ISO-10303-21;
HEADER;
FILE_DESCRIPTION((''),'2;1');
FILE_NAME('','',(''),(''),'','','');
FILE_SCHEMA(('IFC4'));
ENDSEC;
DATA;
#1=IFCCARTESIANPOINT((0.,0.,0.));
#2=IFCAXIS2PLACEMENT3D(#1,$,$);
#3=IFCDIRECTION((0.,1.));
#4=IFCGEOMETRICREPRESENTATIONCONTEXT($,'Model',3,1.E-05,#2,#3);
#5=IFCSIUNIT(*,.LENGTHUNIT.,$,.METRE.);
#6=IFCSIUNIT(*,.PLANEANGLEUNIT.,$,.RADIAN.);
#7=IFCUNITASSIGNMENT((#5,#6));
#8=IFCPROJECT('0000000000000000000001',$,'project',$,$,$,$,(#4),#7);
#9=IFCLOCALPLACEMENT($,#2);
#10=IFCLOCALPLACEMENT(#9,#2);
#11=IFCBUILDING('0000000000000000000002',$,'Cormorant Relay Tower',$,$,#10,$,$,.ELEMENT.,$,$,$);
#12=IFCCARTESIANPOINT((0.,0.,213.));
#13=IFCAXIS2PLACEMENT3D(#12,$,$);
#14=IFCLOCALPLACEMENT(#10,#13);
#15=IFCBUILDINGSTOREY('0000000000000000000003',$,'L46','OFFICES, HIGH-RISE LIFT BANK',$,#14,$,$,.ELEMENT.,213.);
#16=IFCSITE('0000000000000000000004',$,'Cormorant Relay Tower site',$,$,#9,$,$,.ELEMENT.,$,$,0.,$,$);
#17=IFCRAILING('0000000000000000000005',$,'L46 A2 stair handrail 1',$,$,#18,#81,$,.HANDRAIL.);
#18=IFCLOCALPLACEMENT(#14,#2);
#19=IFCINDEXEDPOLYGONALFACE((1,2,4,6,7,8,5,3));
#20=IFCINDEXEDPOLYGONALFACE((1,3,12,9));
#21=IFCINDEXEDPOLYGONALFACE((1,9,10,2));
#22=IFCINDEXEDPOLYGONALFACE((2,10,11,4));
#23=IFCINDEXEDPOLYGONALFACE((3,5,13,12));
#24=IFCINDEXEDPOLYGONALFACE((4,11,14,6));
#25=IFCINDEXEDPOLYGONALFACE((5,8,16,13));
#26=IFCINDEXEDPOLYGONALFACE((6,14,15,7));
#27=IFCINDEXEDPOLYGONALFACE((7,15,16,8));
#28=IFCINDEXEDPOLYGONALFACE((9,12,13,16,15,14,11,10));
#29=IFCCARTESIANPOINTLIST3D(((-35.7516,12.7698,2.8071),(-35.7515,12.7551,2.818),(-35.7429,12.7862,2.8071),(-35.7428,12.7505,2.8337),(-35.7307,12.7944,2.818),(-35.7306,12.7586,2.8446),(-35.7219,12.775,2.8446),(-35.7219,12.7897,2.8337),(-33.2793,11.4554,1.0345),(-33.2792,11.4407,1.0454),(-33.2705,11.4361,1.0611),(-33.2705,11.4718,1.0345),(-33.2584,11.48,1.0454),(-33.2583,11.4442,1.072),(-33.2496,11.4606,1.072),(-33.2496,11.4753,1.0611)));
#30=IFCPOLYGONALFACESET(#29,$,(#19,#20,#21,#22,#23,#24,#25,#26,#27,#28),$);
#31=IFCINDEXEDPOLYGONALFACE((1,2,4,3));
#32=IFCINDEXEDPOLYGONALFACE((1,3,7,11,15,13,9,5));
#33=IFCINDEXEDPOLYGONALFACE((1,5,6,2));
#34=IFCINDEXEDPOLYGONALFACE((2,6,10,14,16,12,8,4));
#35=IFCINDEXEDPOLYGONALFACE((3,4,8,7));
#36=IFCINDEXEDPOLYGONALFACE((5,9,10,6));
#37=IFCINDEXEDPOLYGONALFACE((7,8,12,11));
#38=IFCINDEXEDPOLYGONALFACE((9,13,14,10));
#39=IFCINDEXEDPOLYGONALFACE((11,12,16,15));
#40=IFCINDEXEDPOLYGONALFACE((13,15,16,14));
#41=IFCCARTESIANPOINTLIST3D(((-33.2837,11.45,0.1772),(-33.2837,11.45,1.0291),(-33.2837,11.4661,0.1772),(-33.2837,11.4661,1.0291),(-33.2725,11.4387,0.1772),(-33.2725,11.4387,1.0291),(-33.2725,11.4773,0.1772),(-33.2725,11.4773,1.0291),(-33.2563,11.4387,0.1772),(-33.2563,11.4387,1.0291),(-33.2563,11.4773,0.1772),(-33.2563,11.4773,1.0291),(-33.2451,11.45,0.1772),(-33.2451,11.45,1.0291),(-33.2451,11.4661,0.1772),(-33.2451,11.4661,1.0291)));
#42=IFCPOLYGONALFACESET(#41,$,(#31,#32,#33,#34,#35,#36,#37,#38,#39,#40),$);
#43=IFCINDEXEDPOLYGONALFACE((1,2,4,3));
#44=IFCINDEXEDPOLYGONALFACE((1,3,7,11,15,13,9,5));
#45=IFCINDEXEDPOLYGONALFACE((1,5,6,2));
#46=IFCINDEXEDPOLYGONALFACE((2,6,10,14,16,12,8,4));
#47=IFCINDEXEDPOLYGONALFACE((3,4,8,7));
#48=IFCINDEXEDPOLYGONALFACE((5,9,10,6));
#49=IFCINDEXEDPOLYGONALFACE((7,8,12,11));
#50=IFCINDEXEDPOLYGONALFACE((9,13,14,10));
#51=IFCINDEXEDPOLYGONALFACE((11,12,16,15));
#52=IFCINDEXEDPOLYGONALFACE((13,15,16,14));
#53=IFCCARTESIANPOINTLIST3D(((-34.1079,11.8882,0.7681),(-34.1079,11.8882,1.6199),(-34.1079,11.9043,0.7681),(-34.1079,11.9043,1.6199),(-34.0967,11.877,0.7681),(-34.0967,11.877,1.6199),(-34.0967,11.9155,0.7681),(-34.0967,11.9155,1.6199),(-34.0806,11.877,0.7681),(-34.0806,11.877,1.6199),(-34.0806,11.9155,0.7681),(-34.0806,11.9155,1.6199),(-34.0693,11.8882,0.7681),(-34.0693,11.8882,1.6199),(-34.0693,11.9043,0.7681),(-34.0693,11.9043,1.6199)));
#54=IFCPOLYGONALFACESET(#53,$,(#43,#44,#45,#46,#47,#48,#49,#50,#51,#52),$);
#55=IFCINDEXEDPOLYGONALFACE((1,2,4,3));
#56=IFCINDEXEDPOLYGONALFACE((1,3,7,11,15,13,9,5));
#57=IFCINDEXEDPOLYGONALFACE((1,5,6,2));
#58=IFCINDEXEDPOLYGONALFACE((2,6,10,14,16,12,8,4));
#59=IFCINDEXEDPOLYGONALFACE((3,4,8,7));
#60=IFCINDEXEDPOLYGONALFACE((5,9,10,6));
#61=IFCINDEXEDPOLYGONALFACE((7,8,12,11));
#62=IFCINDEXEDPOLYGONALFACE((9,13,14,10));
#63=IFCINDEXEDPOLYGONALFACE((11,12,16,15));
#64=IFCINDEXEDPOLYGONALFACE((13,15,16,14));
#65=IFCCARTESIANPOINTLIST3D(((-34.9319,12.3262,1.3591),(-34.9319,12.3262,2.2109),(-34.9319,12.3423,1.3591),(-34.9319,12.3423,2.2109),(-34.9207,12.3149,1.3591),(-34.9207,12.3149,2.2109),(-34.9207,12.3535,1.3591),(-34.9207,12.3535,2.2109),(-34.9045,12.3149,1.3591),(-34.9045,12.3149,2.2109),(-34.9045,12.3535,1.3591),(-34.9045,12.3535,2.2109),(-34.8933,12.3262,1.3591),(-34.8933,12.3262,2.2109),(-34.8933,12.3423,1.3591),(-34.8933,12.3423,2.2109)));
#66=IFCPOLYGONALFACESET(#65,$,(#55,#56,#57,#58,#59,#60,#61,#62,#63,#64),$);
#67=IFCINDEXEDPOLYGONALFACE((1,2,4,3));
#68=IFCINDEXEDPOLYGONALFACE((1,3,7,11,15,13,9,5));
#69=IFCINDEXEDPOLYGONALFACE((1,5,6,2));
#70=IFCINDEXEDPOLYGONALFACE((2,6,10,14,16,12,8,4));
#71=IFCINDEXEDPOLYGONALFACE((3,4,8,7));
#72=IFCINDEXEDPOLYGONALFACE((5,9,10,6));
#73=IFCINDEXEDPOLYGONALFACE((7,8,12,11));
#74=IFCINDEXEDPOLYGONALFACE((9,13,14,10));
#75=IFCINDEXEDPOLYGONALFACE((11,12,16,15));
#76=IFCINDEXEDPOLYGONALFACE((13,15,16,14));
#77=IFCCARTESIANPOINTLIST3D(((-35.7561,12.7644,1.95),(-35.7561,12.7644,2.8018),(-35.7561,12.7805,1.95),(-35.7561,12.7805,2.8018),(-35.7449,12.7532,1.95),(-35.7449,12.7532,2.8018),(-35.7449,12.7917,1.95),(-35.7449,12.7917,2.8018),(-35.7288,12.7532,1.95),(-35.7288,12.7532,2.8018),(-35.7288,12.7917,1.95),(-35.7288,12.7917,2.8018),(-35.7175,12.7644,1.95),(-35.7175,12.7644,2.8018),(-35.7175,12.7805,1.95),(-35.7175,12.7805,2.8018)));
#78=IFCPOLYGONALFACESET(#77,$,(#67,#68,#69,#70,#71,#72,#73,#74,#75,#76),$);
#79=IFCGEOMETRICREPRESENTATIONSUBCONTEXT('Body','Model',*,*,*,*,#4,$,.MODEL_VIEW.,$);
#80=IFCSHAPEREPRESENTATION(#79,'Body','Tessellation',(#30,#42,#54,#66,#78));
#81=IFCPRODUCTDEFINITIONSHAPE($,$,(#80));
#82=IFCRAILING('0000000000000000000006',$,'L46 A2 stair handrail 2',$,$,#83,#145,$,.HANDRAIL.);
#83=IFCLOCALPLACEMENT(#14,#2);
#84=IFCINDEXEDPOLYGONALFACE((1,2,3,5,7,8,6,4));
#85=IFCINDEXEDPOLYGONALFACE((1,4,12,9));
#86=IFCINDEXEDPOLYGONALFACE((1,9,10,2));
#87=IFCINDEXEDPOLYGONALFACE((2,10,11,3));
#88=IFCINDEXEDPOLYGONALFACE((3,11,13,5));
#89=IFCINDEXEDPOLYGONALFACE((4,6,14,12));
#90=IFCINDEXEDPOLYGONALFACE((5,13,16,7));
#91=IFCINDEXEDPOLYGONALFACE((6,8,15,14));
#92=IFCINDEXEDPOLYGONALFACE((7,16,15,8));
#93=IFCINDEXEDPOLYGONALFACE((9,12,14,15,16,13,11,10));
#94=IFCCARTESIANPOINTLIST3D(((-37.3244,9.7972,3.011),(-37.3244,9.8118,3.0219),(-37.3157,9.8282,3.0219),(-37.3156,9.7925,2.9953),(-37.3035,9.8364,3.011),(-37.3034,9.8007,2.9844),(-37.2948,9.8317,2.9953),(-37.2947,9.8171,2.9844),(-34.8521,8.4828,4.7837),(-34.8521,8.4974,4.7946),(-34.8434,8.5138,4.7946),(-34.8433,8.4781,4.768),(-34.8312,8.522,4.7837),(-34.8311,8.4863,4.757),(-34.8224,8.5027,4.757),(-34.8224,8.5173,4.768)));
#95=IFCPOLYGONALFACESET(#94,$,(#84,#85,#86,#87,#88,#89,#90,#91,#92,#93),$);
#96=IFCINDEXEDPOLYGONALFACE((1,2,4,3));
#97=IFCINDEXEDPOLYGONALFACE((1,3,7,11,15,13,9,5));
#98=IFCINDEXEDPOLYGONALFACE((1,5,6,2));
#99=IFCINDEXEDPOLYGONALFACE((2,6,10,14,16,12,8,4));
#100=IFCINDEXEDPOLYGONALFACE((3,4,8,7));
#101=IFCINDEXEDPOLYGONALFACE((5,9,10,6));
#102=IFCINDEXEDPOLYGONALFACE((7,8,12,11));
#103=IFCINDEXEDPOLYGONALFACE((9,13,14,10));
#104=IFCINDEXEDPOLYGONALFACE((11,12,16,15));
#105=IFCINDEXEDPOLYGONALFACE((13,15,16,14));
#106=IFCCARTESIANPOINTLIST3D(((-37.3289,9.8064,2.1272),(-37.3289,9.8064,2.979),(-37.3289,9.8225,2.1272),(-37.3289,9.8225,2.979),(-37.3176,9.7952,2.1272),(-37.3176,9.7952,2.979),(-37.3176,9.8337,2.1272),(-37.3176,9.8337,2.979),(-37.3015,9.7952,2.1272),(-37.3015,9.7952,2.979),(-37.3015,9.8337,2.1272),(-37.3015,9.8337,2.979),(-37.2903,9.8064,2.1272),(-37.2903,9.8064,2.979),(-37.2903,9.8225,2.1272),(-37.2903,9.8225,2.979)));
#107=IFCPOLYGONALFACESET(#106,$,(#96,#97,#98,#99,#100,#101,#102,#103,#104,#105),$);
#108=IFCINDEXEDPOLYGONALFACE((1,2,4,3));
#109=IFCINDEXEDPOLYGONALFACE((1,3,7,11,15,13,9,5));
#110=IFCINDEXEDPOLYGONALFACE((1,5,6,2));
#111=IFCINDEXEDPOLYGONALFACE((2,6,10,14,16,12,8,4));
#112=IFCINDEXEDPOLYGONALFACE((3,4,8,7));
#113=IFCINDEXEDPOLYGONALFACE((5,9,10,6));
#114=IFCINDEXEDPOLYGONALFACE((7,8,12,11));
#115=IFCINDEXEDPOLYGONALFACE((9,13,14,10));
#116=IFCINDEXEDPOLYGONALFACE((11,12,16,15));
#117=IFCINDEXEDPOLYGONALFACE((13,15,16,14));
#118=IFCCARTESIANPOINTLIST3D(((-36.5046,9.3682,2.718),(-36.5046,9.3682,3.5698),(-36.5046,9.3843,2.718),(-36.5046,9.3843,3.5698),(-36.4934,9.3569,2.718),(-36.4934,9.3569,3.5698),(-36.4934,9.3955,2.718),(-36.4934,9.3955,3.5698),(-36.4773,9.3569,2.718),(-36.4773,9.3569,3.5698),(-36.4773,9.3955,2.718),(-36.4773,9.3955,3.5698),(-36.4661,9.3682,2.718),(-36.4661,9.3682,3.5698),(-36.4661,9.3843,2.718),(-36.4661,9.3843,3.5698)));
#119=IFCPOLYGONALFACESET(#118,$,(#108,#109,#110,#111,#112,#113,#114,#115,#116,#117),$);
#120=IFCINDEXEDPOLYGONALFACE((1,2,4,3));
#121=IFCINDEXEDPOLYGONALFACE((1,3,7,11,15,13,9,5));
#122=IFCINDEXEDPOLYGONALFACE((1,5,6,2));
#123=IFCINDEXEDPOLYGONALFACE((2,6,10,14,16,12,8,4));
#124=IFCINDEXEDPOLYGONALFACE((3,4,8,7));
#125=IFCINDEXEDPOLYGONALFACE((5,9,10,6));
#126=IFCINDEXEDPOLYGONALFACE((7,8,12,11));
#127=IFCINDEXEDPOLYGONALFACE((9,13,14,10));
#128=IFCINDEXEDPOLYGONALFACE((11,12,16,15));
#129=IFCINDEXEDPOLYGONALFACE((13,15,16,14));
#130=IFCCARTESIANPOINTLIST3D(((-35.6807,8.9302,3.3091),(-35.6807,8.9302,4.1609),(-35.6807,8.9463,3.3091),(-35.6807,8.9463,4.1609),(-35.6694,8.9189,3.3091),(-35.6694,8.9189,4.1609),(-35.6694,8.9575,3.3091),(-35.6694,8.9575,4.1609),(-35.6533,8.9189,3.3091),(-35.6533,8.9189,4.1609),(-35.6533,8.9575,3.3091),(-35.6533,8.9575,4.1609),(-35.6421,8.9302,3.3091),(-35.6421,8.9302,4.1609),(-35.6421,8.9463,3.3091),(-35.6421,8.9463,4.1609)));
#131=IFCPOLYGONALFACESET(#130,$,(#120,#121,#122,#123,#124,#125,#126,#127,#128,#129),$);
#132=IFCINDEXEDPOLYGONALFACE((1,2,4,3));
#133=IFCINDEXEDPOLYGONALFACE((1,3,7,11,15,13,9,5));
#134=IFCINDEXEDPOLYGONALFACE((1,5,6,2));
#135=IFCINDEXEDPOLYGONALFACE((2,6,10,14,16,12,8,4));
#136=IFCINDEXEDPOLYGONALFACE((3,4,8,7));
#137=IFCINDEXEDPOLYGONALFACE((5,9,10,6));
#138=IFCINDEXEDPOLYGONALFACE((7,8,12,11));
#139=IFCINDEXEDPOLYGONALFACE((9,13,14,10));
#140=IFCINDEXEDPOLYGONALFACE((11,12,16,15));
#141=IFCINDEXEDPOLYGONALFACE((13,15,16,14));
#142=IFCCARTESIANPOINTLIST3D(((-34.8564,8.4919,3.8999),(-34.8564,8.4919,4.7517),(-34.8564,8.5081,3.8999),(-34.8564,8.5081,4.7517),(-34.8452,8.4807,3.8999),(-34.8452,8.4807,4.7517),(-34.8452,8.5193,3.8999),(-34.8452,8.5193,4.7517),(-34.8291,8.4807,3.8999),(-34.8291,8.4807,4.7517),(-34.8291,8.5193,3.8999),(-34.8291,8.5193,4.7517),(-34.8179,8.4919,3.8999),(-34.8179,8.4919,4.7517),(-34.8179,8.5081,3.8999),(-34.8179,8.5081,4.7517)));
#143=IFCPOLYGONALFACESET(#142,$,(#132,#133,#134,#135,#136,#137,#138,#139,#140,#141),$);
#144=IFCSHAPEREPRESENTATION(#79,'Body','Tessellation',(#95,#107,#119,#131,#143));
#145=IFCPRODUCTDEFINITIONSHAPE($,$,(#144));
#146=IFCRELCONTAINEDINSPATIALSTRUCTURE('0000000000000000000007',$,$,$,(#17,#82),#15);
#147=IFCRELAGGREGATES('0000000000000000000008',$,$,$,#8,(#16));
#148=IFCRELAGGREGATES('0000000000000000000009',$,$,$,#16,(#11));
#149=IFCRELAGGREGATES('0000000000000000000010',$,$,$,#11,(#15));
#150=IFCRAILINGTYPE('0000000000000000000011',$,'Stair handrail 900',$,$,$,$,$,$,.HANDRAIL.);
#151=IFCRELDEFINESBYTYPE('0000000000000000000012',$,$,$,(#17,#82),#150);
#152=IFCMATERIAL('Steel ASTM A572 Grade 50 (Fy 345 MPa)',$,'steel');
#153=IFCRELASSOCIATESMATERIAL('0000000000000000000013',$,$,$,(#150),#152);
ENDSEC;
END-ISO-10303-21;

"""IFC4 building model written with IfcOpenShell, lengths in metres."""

from ifc_helpers import new_model, si_unit, direction, frame, origin, place, context, subcontext, project, spatial, polyline, outline, extrude, material, type_object, element, save


model = new_model("IFC4")

# Units and contexts
model_context = context("Model", 3, precision=1e-05, world=origin(), true_north=direction((0.0, 1.0)))
body_context = subcontext(model_context, "Body", "Model", "MODEL_VIEW")
ifc_project = project(units=[si_unit("LENGTHUNIT", "METRE"), si_unit("PLANEANGLEUNIT", "RADIAN")], contexts=[model_context])

# Site, building, storey
site_placement = place(None, origin())
site = spatial("IfcSite", under=ifc_project, at=site_placement, Name="Cormorant Relay Tower site", CompositionType="ELEMENT", RefElevation=0.0)
building_placement = place(site_placement, origin())
building = spatial("IfcBuilding", under=site, at=building_placement, Name="Cormorant Relay Tower", CompositionType="ELEMENT")
storey_placement = place(building_placement, frame((0.0, 0.0, 213.0)))
storey = spatial("IfcBuildingStorey", under=building, at=storey_placement, Name="L46", Description="OFFICES, HIGH-RISE LIFT BANK", CompositionType="ELEMENT", Elevation=213.0)

# Railings
ifc_material_1 = material(Name="Steel ASTM A572 Grade 50 (Fy 345 MPa)", Category="steel")
railing_type_1 = type_object("IfcRailingType", Name="Stair handrail 900", PredefinedType="HANDRAIL", material=ifc_material_1)
railing_1_placement = place(storey_placement, frame((-33.2644, 11.458, 0.1772)))
element("IfcRailing", 1, at=railing_1_placement, inside=storey, type_object=railing_type_1, Name="L46 A2 stair handrail 1", PredefinedType="HANDRAIL", context=body_context, shape_type="SweptSolid", body=[
    extrude(outline(polyline([(0.0222, 0.0093), (0.0093, 0.0222), (-0.0093, 0.0222), (-0.0222, 0.0093), (-0.0222, -0.0093), (-0.0093, -0.0222), (0.0093, -0.0222), (0.0222, -0.0093), (0.0222, 0.0093)])), frame((0.0, 0.0, 0.876), z_axis=(-0.746034, 0.396627, 0.534902), x_axis=(-0.469429, -0.88297, 0.0)), (0.0, 0.0, 1.0), 3.314),
    extrude(outline(polyline([(0.0193, 0.0081), (0.0081, 0.0193), (-0.0081, 0.0193), (-0.0193, 0.0081), (-0.0193, -0.0081), (-0.0081, -0.0193), (0.0081, -0.0193), (0.0193, -0.0081), (0.0193, 0.0081)])), origin(), (0.0, 0.0, 1.0), 0.8518),
    extrude(outline(polyline([(0.0193, 0.0081), (0.0081, 0.0193), (-0.0081, 0.0193), (-0.0193, 0.0081), (-0.0193, -0.0081), (-0.0081, -0.0193), (0.0081, -0.0193), (0.0193, -0.0081), (0.0193, 0.0081)])), frame((-0.8242, 0.4382, 0.5908)), (0.0, 0.0, 1.0), 0.8518),
    extrude(outline(polyline([(0.0193, 0.0081), (0.0081, 0.0193), (-0.0081, 0.0193), (-0.0193, 0.0081), (-0.0193, -0.0081), (-0.0081, -0.0193), (0.0081, -0.0193), (0.0193, -0.0081), (0.0193, 0.0081)])), frame((-1.6482, 0.8762, 1.1819)), (0.0, 0.0, 1.0), 0.8518),
    extrude(outline(polyline([(0.0193, 0.0081), (0.0081, 0.0193), (-0.0081, 0.0193), (-0.0193, 0.0081), (-0.0193, -0.0081), (-0.0081, -0.0193), (0.0081, -0.0193), (0.0193, -0.0081), (0.0193, 0.0081)])), frame((-2.4724, 1.3145, 1.7727)), (0.0, 0.0, 1.0), 0.8518),
])
railing_2_placement = place(storey_placement, frame((-37.3096, 9.8145, 2.1272)))
element("IfcRailing", 2, at=railing_2_placement, inside=storey, type_object=railing_type_1, Name="L46 A2 stair handrail 2", PredefinedType="HANDRAIL", context=body_context, shape_type="SweptSolid", body=[
    extrude(outline(polyline([(0.0222, 0.0093), (0.0093, 0.0222), (-0.0093, 0.0222), (-0.0222, 0.0093), (-0.0222, -0.0093), (-0.0093, -0.0222), (0.0093, -0.0222), (0.0222, -0.0093), (0.0222, 0.0093)])), frame((0.0, 0.0, 0.876), z_axis=(0.746034, -0.396627, 0.534902), x_axis=(0.469429, 0.88297, 0.0)), (0.0, 0.0, 1.0), 3.314),
    extrude(outline(polyline([(0.0193, 0.0081), (0.0081, 0.0193), (-0.0081, 0.0193), (-0.0193, 0.0081), (-0.0193, -0.0081), (-0.0081, -0.0193), (0.0081, -0.0193), (0.0193, -0.0081), (0.0193, 0.0081)])), origin(), (0.0, 0.0, 1.0), 0.8518),
    extrude(outline(polyline([(0.0193, 0.0081), (0.0081, 0.0193), (-0.0081, 0.0193), (-0.0193, 0.0081), (-0.0193, -0.0081), (-0.0081, -0.0193), (0.0081, -0.0193), (0.0193, -0.0081), (0.0193, 0.0081)])), frame((0.8242, -0.4382, 0.5908)), (0.0, 0.0, 1.0), 0.8518),
    extrude(outline(polyline([(0.0193, 0.0081), (0.0081, 0.0193), (-0.0081, 0.0193), (-0.0193, 0.0081), (-0.0193, -0.0081), (-0.0081, -0.0193), (0.0081, -0.0193), (0.0193, -0.0081), (0.0193, 0.0081)])), frame((1.6482, -0.8762, 1.1819)), (0.0, 0.0, 1.0), 0.8518),
    extrude(outline(polyline([(0.0193, 0.0081), (0.0081, 0.0193), (-0.0081, 0.0193), (-0.0193, 0.0081), (-0.0193, -0.0081), (-0.0081, -0.0193), (0.0081, -0.0193), (0.0193, -0.0081), (0.0193, 0.0081)])), frame((2.4724, -1.3145, 1.7727)), (0.0, 0.0, 1.0), 0.8518),
])

save(model, "model.ifc")
